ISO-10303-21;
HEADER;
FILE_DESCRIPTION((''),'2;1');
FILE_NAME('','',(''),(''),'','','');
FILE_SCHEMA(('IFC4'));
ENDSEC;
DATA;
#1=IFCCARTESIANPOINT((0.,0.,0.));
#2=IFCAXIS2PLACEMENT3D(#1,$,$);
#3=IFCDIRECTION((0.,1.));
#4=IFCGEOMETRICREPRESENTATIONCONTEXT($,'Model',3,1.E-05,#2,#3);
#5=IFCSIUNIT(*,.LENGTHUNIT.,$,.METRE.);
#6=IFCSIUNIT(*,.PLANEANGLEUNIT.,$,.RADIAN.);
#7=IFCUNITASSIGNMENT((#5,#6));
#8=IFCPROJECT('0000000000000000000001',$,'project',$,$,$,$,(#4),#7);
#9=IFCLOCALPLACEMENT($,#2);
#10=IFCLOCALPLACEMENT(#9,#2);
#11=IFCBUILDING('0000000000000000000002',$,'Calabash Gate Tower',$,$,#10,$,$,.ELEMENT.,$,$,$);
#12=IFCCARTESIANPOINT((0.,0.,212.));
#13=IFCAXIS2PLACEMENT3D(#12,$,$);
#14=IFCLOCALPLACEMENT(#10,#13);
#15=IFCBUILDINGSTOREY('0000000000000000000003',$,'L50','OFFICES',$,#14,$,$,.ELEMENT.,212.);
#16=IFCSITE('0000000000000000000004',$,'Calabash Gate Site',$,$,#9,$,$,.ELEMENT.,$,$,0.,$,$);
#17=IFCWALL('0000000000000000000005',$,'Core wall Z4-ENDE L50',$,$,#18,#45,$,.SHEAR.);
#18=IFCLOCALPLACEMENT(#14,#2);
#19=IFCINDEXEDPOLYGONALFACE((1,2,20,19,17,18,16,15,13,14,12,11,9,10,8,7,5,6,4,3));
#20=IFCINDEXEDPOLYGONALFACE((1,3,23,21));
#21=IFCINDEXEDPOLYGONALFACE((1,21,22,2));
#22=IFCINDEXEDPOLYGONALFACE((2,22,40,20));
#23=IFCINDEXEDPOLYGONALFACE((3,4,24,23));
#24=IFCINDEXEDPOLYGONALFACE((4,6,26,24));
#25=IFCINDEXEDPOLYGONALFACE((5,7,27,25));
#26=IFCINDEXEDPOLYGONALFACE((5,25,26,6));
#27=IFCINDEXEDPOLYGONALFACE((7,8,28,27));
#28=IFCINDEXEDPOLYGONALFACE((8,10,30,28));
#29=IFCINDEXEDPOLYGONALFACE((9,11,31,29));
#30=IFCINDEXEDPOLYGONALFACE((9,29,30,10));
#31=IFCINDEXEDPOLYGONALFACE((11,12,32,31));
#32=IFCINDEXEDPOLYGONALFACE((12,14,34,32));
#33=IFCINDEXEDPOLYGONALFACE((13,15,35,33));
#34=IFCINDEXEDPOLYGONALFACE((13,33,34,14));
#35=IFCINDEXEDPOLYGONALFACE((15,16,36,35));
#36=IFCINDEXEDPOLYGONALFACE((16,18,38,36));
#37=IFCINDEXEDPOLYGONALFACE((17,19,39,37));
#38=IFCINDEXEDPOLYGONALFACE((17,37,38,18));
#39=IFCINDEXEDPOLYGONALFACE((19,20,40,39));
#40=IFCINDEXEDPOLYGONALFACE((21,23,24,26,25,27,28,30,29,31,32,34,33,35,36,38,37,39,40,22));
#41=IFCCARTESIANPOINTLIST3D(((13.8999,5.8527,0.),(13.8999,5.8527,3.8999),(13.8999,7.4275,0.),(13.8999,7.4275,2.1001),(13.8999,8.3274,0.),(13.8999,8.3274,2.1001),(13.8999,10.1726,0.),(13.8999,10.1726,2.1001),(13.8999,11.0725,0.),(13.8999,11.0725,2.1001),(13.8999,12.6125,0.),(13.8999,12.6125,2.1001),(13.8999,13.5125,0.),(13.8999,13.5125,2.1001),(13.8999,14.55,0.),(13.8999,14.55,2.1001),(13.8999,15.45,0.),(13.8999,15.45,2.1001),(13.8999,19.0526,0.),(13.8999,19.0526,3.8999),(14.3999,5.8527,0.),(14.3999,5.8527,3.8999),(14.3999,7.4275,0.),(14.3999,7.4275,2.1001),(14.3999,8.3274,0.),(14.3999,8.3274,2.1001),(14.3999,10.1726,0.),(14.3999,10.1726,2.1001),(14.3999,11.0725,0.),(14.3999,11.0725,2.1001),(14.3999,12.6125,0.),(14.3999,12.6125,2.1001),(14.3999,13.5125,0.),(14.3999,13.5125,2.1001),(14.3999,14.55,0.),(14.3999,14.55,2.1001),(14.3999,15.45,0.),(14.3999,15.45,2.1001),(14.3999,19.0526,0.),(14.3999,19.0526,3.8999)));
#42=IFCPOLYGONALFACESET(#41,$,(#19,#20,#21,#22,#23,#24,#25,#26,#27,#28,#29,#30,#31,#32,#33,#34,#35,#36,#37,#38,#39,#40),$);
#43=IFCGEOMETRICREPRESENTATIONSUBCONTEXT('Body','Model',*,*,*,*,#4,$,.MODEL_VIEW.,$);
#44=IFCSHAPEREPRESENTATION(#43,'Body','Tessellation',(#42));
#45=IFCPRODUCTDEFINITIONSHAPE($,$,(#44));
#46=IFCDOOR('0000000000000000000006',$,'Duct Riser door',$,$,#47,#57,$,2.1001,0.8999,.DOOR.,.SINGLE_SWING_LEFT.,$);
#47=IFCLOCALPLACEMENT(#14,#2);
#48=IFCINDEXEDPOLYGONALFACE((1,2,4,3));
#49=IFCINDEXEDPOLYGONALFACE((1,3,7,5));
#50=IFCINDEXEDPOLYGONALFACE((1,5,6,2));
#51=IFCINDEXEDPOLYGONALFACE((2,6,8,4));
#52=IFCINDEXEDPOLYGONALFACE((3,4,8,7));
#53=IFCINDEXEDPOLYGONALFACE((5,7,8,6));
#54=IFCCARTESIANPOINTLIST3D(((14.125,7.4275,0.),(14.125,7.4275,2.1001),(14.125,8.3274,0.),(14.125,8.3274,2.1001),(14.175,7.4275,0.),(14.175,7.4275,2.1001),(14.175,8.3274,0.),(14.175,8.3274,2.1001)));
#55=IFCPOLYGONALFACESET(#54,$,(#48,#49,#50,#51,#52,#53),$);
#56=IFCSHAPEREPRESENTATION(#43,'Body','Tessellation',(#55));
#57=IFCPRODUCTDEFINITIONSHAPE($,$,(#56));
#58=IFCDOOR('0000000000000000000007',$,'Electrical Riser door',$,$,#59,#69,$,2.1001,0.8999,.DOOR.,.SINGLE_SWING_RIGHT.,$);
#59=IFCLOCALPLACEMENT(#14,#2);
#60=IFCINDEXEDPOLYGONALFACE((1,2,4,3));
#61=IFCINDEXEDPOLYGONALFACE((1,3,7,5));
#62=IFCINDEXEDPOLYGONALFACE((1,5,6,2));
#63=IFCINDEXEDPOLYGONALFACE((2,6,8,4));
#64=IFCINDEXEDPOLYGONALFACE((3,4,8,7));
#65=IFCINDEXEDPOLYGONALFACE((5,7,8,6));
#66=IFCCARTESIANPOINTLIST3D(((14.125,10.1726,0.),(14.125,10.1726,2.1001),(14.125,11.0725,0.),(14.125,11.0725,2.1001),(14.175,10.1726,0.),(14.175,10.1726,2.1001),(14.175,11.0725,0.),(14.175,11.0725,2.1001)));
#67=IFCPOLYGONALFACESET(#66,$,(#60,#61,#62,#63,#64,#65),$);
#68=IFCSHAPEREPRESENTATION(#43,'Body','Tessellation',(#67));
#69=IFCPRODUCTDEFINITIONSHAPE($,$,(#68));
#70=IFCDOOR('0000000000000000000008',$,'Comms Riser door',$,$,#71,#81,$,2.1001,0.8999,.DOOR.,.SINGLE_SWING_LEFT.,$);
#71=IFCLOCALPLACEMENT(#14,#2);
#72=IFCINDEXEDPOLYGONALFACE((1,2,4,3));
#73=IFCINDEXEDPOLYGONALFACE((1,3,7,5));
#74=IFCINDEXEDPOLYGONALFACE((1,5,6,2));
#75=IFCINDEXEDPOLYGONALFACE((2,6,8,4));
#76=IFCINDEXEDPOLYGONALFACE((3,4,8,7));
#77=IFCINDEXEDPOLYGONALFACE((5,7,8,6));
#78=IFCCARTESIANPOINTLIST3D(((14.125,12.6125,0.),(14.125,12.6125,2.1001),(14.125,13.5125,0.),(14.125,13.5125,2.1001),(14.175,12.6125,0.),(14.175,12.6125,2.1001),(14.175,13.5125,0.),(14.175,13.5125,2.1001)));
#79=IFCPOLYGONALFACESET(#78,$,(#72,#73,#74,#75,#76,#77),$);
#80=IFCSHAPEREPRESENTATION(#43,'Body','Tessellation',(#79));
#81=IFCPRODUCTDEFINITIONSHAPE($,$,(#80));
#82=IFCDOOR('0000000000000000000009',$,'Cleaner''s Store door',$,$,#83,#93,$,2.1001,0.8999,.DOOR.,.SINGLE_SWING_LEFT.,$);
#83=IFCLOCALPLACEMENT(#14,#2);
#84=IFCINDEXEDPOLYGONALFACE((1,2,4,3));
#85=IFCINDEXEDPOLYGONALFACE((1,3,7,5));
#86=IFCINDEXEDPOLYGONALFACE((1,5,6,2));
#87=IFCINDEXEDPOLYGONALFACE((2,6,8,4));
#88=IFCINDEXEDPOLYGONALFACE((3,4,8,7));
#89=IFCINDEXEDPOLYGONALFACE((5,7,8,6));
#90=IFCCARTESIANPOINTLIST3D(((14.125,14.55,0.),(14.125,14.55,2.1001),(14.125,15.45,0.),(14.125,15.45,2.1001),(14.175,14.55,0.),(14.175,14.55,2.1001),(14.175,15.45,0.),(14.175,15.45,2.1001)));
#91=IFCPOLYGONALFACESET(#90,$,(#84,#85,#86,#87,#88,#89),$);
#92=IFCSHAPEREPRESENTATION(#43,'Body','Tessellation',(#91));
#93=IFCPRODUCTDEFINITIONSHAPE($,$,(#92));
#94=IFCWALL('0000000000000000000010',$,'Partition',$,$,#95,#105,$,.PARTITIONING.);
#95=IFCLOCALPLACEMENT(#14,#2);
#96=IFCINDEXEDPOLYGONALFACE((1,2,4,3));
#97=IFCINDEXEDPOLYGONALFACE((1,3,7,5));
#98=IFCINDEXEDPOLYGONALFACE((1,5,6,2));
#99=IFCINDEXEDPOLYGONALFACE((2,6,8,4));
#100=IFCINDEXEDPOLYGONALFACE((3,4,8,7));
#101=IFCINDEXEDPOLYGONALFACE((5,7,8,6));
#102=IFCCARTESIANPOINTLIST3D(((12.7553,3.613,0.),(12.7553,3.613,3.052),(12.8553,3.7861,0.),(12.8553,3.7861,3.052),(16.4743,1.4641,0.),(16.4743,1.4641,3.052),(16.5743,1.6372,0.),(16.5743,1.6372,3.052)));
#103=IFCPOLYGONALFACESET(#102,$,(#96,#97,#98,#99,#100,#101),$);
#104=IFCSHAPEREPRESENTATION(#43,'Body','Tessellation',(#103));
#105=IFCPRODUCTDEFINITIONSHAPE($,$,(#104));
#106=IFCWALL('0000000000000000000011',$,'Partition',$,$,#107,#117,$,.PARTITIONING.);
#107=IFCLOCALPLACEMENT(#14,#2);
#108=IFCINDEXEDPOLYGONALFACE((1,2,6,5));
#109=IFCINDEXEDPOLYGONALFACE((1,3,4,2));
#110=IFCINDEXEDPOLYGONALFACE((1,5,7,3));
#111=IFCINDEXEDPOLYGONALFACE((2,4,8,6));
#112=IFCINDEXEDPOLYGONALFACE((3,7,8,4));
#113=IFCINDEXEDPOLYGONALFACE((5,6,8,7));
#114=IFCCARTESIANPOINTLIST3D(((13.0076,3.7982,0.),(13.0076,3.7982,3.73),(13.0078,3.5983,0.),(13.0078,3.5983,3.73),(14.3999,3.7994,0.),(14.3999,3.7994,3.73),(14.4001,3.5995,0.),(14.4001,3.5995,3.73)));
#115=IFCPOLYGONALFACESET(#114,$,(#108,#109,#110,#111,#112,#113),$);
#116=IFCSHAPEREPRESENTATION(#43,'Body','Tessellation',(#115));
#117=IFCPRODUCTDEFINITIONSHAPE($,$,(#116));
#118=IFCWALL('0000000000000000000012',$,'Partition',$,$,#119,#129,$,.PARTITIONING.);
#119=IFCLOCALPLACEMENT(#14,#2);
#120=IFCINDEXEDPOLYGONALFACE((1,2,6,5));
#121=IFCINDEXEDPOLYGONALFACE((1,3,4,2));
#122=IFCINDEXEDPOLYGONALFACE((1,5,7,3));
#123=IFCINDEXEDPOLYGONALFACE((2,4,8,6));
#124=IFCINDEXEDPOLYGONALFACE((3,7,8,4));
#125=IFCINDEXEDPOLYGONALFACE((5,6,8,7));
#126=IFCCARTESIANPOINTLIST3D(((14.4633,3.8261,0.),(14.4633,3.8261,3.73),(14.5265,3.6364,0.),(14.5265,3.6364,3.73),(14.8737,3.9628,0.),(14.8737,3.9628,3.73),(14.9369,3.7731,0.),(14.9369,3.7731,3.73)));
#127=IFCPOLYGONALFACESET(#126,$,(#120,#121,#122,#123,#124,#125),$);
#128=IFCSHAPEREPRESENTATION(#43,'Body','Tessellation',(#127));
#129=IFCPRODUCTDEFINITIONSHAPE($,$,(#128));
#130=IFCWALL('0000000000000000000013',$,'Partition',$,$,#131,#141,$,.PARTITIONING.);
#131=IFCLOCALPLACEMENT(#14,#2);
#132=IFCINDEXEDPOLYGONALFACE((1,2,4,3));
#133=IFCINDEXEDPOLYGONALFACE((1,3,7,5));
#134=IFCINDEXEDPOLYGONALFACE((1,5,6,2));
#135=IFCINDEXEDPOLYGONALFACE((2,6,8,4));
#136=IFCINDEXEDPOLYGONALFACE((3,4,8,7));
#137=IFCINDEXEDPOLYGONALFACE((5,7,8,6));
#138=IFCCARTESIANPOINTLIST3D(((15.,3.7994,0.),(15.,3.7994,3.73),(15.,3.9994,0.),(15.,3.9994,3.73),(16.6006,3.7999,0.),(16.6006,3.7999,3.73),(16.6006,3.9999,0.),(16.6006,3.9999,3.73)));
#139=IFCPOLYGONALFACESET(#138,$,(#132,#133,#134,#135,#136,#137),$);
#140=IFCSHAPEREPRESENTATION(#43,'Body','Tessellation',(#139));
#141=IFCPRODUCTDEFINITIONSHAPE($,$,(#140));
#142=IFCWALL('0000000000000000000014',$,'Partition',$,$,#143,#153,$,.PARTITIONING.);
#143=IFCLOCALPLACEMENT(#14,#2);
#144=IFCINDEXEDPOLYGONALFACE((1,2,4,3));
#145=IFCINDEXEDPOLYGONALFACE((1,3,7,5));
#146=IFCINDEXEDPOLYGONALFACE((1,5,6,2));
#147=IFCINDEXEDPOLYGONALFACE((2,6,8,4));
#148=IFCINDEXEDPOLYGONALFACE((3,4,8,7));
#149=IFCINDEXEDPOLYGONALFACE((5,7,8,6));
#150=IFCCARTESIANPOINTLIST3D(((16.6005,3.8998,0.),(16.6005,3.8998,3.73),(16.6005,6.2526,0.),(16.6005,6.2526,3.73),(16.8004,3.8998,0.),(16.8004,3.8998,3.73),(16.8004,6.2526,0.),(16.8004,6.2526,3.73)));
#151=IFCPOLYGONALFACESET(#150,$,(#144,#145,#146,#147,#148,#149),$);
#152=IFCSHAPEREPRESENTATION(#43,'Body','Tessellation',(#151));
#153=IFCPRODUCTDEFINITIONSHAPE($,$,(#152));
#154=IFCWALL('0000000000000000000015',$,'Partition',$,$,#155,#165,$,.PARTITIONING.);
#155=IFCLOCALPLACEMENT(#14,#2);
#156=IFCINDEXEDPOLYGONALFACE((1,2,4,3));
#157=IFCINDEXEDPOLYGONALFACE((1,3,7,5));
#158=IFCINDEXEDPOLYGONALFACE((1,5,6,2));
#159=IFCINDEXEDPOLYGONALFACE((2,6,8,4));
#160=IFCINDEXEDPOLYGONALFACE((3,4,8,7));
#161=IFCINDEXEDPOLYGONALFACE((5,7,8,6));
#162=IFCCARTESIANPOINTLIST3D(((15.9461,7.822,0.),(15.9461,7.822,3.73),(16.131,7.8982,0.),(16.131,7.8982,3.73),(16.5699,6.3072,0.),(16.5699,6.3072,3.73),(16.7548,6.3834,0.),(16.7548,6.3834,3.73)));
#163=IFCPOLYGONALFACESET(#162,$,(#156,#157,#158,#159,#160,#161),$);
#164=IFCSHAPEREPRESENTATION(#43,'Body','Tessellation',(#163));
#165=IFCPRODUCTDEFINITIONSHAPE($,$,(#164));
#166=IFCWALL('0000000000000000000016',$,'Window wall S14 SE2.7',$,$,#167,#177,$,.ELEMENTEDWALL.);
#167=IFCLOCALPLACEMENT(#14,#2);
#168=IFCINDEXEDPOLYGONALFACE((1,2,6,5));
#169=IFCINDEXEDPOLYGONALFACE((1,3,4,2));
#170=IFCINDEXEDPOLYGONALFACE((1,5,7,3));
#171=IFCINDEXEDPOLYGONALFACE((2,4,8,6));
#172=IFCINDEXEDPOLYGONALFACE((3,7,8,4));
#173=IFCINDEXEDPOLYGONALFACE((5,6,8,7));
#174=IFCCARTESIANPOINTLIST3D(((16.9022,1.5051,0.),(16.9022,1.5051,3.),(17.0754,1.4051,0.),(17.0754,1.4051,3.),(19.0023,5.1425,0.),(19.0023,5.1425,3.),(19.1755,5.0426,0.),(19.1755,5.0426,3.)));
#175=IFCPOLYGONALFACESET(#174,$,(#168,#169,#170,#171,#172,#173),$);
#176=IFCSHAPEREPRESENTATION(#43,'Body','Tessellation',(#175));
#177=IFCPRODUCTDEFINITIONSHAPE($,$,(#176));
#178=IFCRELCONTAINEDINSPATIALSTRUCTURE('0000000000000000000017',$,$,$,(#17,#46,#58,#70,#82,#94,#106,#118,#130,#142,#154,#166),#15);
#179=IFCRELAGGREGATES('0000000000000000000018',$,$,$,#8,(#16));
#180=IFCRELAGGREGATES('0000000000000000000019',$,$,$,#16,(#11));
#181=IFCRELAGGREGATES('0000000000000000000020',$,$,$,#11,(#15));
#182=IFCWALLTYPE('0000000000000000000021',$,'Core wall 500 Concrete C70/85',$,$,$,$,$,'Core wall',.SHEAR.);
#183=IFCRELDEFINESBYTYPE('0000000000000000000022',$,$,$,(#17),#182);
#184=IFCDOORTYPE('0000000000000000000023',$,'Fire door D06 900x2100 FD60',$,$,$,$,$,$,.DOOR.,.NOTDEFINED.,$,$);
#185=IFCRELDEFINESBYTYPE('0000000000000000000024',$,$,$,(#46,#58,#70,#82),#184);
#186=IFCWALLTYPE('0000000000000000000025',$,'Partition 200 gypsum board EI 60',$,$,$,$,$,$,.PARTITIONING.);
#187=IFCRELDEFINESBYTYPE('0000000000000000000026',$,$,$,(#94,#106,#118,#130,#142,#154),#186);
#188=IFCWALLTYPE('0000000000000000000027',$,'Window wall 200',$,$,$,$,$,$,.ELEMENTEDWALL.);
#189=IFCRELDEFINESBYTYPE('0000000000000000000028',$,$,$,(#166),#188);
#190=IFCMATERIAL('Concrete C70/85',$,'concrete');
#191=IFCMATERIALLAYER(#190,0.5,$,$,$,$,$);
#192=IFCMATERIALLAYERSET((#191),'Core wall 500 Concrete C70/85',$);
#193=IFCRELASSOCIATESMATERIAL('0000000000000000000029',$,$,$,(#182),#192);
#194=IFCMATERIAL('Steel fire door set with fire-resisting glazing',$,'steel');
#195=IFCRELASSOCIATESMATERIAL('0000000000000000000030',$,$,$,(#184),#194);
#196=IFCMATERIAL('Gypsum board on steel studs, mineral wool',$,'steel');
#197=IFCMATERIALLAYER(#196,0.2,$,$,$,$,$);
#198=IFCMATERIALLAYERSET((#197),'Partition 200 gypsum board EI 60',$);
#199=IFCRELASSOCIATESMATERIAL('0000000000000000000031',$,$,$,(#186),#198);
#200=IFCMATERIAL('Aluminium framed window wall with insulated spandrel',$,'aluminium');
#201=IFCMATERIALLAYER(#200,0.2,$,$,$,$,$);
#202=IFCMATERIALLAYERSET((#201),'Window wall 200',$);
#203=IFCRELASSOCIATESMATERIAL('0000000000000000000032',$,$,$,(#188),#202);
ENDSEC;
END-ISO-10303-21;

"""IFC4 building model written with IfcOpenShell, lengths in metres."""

from ifc_helpers import new_model, si_unit, direction, frame, frame_2d, origin, place, context, subcontext, project, spatial, rectangle, extrude, material, layer, layer_set, type_object, element, fill, save


model = new_model("IFC4")

# Units and contexts
model_context = context("Model", 3, precision=1e-05, world=origin(), true_north=direction((0.0, 1.0)))
body_context = subcontext(model_context, "Body", "Model", "MODEL_VIEW")
ifc_project = project(units=[si_unit("LENGTHUNIT", "METRE"), si_unit("PLANEANGLEUNIT", "RADIAN")], contexts=[model_context])

# Site, building, storey
site_placement = place(None, origin())
site = spatial("IfcSite", under=ifc_project, at=site_placement, Name="Calabash Gate Site", CompositionType="ELEMENT", RefElevation=0.0)
building_placement = place(site_placement, origin())
building = spatial("IfcBuilding", under=site, at=building_placement, Name="Calabash Gate Tower", CompositionType="ELEMENT")
storey_placement = place(building_placement, frame((0.0, 0.0, 212.0)))
storey = spatial("IfcBuildingStorey", under=building, at=storey_placement, Name="L50", Description="OFFICES", CompositionType="ELEMENT", Elevation=212.0)

# Wall, openings, doors
ifc_material_1 = material(Name="Concrete C70/85", Category="concrete")
ifc_layer_1 = layer(ifc_material_1, 0.5)
ifc_layer_set_1 = layer_set([ifc_layer_1], Name="Core wall 500 Concrete C70/85")
wall_type_1 = type_object("IfcWallType", Name="Core wall 500 Concrete C70/85", ElementType="Core wall", PredefinedType="SHEAR", material=ifc_layer_set_1)
wall_1_placement = place(storey_placement, frame((14.1499, 5.8525, 0.0), z_axis=(0.0, 0.0, 1.0), x_axis=(0.0, 1.0, 0.0)))
wall_1 = element("IfcWall", 1, at=wall_1_placement, inside=storey, type_object=wall_type_1, Name="Core wall Z4-ENDE L50", PredefinedType="SHEAR", context=body_context, shape_type="SweptSolid", body=[
    extrude(rectangle(XDim=13.2, YDim=0.5, at=frame_2d((6.6001, 0.0))), origin(), (0.0, 0.0, 1.0), 3.8999),
])
opening_1_placement = place(wall_1_placement, frame((1.575, 0.0, 0.0)))
opening_1 = element("IfcOpeningElement", 2, at=opening_1_placement, cuts=wall_1, PredefinedType="OPENING", context=body_context, shape_type="SweptSolid", body=[
    extrude(rectangle(XDim=0.8999, YDim=2.1001, at=frame_2d((0.45, 1.05))), frame((0.0, 0.26, 0.0), z_axis=(0.0, -1.0, 0.0), x_axis=(1.0, 0.0, 0.0)), (0.0, 0.0, 1.0), 0.52),
])
opening_2_placement = place(wall_1_placement, frame((4.3201, 0.0, 0.0)))
opening_2 = element("IfcOpeningElement", 3, at=opening_2_placement, cuts=wall_1, PredefinedType="OPENING", context=body_context, shape_type="SweptSolid", body=[
    extrude(rectangle(XDim=0.8999, YDim=2.1001, at=frame_2d((0.45, 1.05))), frame((0.0, 0.26, 0.0), z_axis=(0.0, -1.0, 0.0), x_axis=(1.0, 0.0, 0.0)), (0.0, 0.0, 1.0), 0.52),
])
opening_3_placement = place(wall_1_placement, frame((6.76, 0.0, 0.0)))
opening_3 = element("IfcOpeningElement", 4, at=opening_3_placement, cuts=wall_1, PredefinedType="OPENING", context=body_context, shape_type="SweptSolid", body=[
    extrude(rectangle(XDim=0.8999, YDim=2.1001, at=frame_2d((0.45, 1.05))), frame((0.0, 0.26, 0.0), z_axis=(0.0, -1.0, 0.0), x_axis=(1.0, 0.0, 0.0)), (0.0, 0.0, 1.0), 0.52),
])
opening_4_placement = place(wall_1_placement, frame((8.6975, 0.0, 0.0)))
opening_4 = element("IfcOpeningElement", 5, at=opening_4_placement, cuts=wall_1, PredefinedType="OPENING", context=body_context, shape_type="SweptSolid", body=[
    extrude(rectangle(XDim=0.8999, YDim=2.1001, at=frame_2d((0.45, 1.05))), frame((0.0, 0.26, 0.0), z_axis=(0.0, -1.0, 0.0), x_axis=(1.0, 0.0, 0.0)), (0.0, 0.0, 1.0), 0.52),
])
ifc_material_2 = material(Name="Steel fire door set with fire-resisting glazing", Category="steel")
door_type_1 = type_object("IfcDoorType", Name="Fire door D06 900x2100 FD60", OperationType="NOTDEFINED", PredefinedType="DOOR", material=ifc_material_2)
door_1_placement = place(opening_1_placement, origin())
door_1 = element("IfcDoor", 6, at=door_1_placement, inside=storey, type_object=door_type_1, Name="Duct Riser door", OperationType="SINGLE_SWING_LEFT", OverallHeight=2.1001, OverallWidth=0.8999, PredefinedType="DOOR", context=body_context, shape_type="SweptSolid", body=[
    extrude(rectangle(XDim=0.8999, YDim=2.1001, at=frame_2d((0.45, 1.05))), frame((0.0, 0.0249, 0.0), z_axis=(0.0, -1.0, 0.0), x_axis=(1.0, 0.0, 0.0)), (0.0, 0.0, 1.0), 0.05),
])
fill(opening_1, door_1)
door_2_placement = place(opening_2_placement, origin())
door_2 = element("IfcDoor", 7, at=door_2_placement, inside=storey, type_object=door_type_1, Name="Electrical Riser door", OperationType="SINGLE_SWING_RIGHT", OverallHeight=2.1001, OverallWidth=0.8999, PredefinedType="DOOR", context=body_context, shape_type="SweptSolid", body=[
    extrude(rectangle(XDim=0.8999, YDim=2.1001, at=frame_2d((0.45, 1.05))), frame((0.0, 0.0249, 0.0), z_axis=(0.0, -1.0, 0.0), x_axis=(1.0, 0.0, 0.0)), (0.0, 0.0, 1.0), 0.05),
])
fill(opening_2, door_2)
door_3_placement = place(opening_3_placement, origin())
door_3 = element("IfcDoor", 8, at=door_3_placement, inside=storey, type_object=door_type_1, Name="Comms Riser door", OperationType="SINGLE_SWING_LEFT", OverallHeight=2.1001, OverallWidth=0.8999, PredefinedType="DOOR", context=body_context, shape_type="SweptSolid", body=[
    extrude(rectangle(XDim=0.8999, YDim=2.1001, at=frame_2d((0.45, 1.05))), frame((0.0, 0.0249, 0.0), z_axis=(0.0, -1.0, 0.0), x_axis=(1.0, 0.0, 0.0)), (0.0, 0.0, 1.0), 0.05),
])
fill(opening_3, door_3)
door_4_placement = place(opening_4_placement, origin())
door_4 = element("IfcDoor", 9, at=door_4_placement, inside=storey, type_object=door_type_1, Name="Cleaner's Store door", OperationType="SINGLE_SWING_LEFT", OverallHeight=2.1001, OverallWidth=0.8999, PredefinedType="DOOR", context=body_context, shape_type="SweptSolid", body=[
    extrude(rectangle(XDim=0.8999, YDim=2.1001, at=frame_2d((0.45, 1.05))), frame((0.0, 0.0249, 0.0), z_axis=(0.0, -1.0, 0.0), x_axis=(1.0, 0.0, 0.0)), (0.0, 0.0, 1.0), 0.05),
])
fill(opening_4, door_4)

# Walls
ifc_material_3 = material(Name="Gypsum board on steel studs, mineral wool", Category="steel")
ifc_layer_2 = layer(ifc_material_3, 0.2)
ifc_layer_set_2 = layer_set([ifc_layer_2], Name="Partition 200 gypsum board EI 60")
wall_type_2 = type_object("IfcWallType", Name="Partition 200 gypsum board EI 60", PredefinedType="PARTITIONING", material=ifc_layer_set_2)
wall_2_placement = place(storey_placement, frame((12.8054, 3.6995, 0.0), z_axis=(0.0, 0.0, 1.0), x_axis=(0.865848, -0.500308, 0.0)))
element("IfcWall", 10, at=wall_2_placement, inside=storey, type_object=wall_type_2, Name="Partition", PredefinedType="PARTITIONING", context=body_context, shape_type="SweptSolid", body=[
    extrude(rectangle(XDim=4.2952, YDim=0.2, at=frame_2d((2.1475, 0.0))), origin(), (0.0, 0.0, 1.0), 3.052),
])
wall_3_placement = place(storey_placement, frame((13.0076, 3.6982, 0.0), z_axis=(0.0, 0.0, 1.0), x_axis=(1.0, 0.000877, 0.0)))
element("IfcWall", 11, at=wall_3_placement, inside=storey, type_object=wall_type_2, Name="Partition", PredefinedType="PARTITIONING", context=body_context, shape_type="SweptSolid", body=[
    extrude(rectangle(XDim=1.3923, YDim=0.2, at=frame_2d((0.6963, 0.0))), origin(), (0.0, 0.0, 1.0), 3.73),
])
wall_4_placement = place(storey_placement, frame((14.4949, 3.7312, 0.0), z_axis=(0.0, 0.0, 1.0), x_axis=(0.94874, 0.316058, 0.0)))
element("IfcWall", 12, at=wall_4_placement, inside=storey, type_object=wall_type_2, Name="Partition", PredefinedType="PARTITIONING", context=body_context, shape_type="SweptSolid", body=[
    extrude(rectangle(XDim=0.4326, YDim=0.2, at=frame_2d((0.2163, 0.0))), origin(), (0.0, 0.0, 1.0), 3.73),
])
wall_5_placement = place(storey_placement, frame((15.0, 3.8994, 0.0), z_axis=(0.0, 0.0, 1.0), x_axis=(1.0, 0.000305, 0.0)))
element("IfcWall", 13, at=wall_5_placement, inside=storey, type_object=wall_type_2, Name="Partition", PredefinedType="PARTITIONING", context=body_context, shape_type="SweptSolid", body=[
    extrude(rectangle(XDim=1.6006, YDim=0.2, at=frame_2d((0.8003, 0.0))), origin(), (0.0, 0.0, 1.0), 3.73),
])
wall_6_placement = place(storey_placement, frame((16.7004, 3.8999, 0.0), z_axis=(0.0, 0.0, 1.0), x_axis=(0.0, 1.0, 0.0)))
element("IfcWall", 14, at=wall_6_placement, inside=storey, type_object=wall_type_2, Name="Partition", PredefinedType="PARTITIONING", context=body_context, shape_type="SweptSolid", body=[
    extrude(rectangle(XDim=2.3528, YDim=0.2, at=frame_2d((1.1763, 0.0))), origin(), (0.0, 0.0, 1.0), 3.73),
])
wall_7_placement = place(storey_placement, frame((16.0386, 7.8601, 0.0), z_axis=(0.0, 0.0, 1.0), x_axis=(0.38075, -0.924678, 0.0)))
element("IfcWall", 15, at=wall_7_placement, inside=storey, type_object=wall_type_2, Name="Partition", PredefinedType="PARTITIONING", context=body_context, shape_type="SweptSolid", body=[
    extrude(rectangle(XDim=1.6382, YDim=0.2, at=frame_2d((0.8191, 0.0))), origin(), (0.0, 0.0, 1.0), 3.73),
])

# Wall
ifc_material_4 = material(Name="Aluminium framed window wall with insulated spandrel", Category="aluminium")
ifc_layer_3 = layer(ifc_material_4, 0.2)
ifc_layer_set_3 = layer_set([ifc_layer_3], Name="Window wall 200")
wall_type_3 = type_object("IfcWallType", Name="Window wall 200", PredefinedType="ELEMENTEDWALL", material=ifc_layer_set_3)
wall_8_placement = place(storey_placement, frame((16.9888, 1.4551, 0.0), z_axis=(0.0, 0.0, 1.0), x_axis=(0.500003, 0.866024, 0.0)))
element("IfcWall", 16, at=wall_8_placement, inside=storey, type_object=wall_type_3, Name="Window wall S14 SE2.7", PredefinedType="ELEMENTEDWALL", context=body_context, shape_type="SweptSolid", body=[
    extrude(rectangle(XDim=4.2002, YDim=0.2, at=frame_2d((2.1001, 0.0))), origin(), (0.0, 0.0, 1.0), 3.0),
])

save(model, "model.ifc")
